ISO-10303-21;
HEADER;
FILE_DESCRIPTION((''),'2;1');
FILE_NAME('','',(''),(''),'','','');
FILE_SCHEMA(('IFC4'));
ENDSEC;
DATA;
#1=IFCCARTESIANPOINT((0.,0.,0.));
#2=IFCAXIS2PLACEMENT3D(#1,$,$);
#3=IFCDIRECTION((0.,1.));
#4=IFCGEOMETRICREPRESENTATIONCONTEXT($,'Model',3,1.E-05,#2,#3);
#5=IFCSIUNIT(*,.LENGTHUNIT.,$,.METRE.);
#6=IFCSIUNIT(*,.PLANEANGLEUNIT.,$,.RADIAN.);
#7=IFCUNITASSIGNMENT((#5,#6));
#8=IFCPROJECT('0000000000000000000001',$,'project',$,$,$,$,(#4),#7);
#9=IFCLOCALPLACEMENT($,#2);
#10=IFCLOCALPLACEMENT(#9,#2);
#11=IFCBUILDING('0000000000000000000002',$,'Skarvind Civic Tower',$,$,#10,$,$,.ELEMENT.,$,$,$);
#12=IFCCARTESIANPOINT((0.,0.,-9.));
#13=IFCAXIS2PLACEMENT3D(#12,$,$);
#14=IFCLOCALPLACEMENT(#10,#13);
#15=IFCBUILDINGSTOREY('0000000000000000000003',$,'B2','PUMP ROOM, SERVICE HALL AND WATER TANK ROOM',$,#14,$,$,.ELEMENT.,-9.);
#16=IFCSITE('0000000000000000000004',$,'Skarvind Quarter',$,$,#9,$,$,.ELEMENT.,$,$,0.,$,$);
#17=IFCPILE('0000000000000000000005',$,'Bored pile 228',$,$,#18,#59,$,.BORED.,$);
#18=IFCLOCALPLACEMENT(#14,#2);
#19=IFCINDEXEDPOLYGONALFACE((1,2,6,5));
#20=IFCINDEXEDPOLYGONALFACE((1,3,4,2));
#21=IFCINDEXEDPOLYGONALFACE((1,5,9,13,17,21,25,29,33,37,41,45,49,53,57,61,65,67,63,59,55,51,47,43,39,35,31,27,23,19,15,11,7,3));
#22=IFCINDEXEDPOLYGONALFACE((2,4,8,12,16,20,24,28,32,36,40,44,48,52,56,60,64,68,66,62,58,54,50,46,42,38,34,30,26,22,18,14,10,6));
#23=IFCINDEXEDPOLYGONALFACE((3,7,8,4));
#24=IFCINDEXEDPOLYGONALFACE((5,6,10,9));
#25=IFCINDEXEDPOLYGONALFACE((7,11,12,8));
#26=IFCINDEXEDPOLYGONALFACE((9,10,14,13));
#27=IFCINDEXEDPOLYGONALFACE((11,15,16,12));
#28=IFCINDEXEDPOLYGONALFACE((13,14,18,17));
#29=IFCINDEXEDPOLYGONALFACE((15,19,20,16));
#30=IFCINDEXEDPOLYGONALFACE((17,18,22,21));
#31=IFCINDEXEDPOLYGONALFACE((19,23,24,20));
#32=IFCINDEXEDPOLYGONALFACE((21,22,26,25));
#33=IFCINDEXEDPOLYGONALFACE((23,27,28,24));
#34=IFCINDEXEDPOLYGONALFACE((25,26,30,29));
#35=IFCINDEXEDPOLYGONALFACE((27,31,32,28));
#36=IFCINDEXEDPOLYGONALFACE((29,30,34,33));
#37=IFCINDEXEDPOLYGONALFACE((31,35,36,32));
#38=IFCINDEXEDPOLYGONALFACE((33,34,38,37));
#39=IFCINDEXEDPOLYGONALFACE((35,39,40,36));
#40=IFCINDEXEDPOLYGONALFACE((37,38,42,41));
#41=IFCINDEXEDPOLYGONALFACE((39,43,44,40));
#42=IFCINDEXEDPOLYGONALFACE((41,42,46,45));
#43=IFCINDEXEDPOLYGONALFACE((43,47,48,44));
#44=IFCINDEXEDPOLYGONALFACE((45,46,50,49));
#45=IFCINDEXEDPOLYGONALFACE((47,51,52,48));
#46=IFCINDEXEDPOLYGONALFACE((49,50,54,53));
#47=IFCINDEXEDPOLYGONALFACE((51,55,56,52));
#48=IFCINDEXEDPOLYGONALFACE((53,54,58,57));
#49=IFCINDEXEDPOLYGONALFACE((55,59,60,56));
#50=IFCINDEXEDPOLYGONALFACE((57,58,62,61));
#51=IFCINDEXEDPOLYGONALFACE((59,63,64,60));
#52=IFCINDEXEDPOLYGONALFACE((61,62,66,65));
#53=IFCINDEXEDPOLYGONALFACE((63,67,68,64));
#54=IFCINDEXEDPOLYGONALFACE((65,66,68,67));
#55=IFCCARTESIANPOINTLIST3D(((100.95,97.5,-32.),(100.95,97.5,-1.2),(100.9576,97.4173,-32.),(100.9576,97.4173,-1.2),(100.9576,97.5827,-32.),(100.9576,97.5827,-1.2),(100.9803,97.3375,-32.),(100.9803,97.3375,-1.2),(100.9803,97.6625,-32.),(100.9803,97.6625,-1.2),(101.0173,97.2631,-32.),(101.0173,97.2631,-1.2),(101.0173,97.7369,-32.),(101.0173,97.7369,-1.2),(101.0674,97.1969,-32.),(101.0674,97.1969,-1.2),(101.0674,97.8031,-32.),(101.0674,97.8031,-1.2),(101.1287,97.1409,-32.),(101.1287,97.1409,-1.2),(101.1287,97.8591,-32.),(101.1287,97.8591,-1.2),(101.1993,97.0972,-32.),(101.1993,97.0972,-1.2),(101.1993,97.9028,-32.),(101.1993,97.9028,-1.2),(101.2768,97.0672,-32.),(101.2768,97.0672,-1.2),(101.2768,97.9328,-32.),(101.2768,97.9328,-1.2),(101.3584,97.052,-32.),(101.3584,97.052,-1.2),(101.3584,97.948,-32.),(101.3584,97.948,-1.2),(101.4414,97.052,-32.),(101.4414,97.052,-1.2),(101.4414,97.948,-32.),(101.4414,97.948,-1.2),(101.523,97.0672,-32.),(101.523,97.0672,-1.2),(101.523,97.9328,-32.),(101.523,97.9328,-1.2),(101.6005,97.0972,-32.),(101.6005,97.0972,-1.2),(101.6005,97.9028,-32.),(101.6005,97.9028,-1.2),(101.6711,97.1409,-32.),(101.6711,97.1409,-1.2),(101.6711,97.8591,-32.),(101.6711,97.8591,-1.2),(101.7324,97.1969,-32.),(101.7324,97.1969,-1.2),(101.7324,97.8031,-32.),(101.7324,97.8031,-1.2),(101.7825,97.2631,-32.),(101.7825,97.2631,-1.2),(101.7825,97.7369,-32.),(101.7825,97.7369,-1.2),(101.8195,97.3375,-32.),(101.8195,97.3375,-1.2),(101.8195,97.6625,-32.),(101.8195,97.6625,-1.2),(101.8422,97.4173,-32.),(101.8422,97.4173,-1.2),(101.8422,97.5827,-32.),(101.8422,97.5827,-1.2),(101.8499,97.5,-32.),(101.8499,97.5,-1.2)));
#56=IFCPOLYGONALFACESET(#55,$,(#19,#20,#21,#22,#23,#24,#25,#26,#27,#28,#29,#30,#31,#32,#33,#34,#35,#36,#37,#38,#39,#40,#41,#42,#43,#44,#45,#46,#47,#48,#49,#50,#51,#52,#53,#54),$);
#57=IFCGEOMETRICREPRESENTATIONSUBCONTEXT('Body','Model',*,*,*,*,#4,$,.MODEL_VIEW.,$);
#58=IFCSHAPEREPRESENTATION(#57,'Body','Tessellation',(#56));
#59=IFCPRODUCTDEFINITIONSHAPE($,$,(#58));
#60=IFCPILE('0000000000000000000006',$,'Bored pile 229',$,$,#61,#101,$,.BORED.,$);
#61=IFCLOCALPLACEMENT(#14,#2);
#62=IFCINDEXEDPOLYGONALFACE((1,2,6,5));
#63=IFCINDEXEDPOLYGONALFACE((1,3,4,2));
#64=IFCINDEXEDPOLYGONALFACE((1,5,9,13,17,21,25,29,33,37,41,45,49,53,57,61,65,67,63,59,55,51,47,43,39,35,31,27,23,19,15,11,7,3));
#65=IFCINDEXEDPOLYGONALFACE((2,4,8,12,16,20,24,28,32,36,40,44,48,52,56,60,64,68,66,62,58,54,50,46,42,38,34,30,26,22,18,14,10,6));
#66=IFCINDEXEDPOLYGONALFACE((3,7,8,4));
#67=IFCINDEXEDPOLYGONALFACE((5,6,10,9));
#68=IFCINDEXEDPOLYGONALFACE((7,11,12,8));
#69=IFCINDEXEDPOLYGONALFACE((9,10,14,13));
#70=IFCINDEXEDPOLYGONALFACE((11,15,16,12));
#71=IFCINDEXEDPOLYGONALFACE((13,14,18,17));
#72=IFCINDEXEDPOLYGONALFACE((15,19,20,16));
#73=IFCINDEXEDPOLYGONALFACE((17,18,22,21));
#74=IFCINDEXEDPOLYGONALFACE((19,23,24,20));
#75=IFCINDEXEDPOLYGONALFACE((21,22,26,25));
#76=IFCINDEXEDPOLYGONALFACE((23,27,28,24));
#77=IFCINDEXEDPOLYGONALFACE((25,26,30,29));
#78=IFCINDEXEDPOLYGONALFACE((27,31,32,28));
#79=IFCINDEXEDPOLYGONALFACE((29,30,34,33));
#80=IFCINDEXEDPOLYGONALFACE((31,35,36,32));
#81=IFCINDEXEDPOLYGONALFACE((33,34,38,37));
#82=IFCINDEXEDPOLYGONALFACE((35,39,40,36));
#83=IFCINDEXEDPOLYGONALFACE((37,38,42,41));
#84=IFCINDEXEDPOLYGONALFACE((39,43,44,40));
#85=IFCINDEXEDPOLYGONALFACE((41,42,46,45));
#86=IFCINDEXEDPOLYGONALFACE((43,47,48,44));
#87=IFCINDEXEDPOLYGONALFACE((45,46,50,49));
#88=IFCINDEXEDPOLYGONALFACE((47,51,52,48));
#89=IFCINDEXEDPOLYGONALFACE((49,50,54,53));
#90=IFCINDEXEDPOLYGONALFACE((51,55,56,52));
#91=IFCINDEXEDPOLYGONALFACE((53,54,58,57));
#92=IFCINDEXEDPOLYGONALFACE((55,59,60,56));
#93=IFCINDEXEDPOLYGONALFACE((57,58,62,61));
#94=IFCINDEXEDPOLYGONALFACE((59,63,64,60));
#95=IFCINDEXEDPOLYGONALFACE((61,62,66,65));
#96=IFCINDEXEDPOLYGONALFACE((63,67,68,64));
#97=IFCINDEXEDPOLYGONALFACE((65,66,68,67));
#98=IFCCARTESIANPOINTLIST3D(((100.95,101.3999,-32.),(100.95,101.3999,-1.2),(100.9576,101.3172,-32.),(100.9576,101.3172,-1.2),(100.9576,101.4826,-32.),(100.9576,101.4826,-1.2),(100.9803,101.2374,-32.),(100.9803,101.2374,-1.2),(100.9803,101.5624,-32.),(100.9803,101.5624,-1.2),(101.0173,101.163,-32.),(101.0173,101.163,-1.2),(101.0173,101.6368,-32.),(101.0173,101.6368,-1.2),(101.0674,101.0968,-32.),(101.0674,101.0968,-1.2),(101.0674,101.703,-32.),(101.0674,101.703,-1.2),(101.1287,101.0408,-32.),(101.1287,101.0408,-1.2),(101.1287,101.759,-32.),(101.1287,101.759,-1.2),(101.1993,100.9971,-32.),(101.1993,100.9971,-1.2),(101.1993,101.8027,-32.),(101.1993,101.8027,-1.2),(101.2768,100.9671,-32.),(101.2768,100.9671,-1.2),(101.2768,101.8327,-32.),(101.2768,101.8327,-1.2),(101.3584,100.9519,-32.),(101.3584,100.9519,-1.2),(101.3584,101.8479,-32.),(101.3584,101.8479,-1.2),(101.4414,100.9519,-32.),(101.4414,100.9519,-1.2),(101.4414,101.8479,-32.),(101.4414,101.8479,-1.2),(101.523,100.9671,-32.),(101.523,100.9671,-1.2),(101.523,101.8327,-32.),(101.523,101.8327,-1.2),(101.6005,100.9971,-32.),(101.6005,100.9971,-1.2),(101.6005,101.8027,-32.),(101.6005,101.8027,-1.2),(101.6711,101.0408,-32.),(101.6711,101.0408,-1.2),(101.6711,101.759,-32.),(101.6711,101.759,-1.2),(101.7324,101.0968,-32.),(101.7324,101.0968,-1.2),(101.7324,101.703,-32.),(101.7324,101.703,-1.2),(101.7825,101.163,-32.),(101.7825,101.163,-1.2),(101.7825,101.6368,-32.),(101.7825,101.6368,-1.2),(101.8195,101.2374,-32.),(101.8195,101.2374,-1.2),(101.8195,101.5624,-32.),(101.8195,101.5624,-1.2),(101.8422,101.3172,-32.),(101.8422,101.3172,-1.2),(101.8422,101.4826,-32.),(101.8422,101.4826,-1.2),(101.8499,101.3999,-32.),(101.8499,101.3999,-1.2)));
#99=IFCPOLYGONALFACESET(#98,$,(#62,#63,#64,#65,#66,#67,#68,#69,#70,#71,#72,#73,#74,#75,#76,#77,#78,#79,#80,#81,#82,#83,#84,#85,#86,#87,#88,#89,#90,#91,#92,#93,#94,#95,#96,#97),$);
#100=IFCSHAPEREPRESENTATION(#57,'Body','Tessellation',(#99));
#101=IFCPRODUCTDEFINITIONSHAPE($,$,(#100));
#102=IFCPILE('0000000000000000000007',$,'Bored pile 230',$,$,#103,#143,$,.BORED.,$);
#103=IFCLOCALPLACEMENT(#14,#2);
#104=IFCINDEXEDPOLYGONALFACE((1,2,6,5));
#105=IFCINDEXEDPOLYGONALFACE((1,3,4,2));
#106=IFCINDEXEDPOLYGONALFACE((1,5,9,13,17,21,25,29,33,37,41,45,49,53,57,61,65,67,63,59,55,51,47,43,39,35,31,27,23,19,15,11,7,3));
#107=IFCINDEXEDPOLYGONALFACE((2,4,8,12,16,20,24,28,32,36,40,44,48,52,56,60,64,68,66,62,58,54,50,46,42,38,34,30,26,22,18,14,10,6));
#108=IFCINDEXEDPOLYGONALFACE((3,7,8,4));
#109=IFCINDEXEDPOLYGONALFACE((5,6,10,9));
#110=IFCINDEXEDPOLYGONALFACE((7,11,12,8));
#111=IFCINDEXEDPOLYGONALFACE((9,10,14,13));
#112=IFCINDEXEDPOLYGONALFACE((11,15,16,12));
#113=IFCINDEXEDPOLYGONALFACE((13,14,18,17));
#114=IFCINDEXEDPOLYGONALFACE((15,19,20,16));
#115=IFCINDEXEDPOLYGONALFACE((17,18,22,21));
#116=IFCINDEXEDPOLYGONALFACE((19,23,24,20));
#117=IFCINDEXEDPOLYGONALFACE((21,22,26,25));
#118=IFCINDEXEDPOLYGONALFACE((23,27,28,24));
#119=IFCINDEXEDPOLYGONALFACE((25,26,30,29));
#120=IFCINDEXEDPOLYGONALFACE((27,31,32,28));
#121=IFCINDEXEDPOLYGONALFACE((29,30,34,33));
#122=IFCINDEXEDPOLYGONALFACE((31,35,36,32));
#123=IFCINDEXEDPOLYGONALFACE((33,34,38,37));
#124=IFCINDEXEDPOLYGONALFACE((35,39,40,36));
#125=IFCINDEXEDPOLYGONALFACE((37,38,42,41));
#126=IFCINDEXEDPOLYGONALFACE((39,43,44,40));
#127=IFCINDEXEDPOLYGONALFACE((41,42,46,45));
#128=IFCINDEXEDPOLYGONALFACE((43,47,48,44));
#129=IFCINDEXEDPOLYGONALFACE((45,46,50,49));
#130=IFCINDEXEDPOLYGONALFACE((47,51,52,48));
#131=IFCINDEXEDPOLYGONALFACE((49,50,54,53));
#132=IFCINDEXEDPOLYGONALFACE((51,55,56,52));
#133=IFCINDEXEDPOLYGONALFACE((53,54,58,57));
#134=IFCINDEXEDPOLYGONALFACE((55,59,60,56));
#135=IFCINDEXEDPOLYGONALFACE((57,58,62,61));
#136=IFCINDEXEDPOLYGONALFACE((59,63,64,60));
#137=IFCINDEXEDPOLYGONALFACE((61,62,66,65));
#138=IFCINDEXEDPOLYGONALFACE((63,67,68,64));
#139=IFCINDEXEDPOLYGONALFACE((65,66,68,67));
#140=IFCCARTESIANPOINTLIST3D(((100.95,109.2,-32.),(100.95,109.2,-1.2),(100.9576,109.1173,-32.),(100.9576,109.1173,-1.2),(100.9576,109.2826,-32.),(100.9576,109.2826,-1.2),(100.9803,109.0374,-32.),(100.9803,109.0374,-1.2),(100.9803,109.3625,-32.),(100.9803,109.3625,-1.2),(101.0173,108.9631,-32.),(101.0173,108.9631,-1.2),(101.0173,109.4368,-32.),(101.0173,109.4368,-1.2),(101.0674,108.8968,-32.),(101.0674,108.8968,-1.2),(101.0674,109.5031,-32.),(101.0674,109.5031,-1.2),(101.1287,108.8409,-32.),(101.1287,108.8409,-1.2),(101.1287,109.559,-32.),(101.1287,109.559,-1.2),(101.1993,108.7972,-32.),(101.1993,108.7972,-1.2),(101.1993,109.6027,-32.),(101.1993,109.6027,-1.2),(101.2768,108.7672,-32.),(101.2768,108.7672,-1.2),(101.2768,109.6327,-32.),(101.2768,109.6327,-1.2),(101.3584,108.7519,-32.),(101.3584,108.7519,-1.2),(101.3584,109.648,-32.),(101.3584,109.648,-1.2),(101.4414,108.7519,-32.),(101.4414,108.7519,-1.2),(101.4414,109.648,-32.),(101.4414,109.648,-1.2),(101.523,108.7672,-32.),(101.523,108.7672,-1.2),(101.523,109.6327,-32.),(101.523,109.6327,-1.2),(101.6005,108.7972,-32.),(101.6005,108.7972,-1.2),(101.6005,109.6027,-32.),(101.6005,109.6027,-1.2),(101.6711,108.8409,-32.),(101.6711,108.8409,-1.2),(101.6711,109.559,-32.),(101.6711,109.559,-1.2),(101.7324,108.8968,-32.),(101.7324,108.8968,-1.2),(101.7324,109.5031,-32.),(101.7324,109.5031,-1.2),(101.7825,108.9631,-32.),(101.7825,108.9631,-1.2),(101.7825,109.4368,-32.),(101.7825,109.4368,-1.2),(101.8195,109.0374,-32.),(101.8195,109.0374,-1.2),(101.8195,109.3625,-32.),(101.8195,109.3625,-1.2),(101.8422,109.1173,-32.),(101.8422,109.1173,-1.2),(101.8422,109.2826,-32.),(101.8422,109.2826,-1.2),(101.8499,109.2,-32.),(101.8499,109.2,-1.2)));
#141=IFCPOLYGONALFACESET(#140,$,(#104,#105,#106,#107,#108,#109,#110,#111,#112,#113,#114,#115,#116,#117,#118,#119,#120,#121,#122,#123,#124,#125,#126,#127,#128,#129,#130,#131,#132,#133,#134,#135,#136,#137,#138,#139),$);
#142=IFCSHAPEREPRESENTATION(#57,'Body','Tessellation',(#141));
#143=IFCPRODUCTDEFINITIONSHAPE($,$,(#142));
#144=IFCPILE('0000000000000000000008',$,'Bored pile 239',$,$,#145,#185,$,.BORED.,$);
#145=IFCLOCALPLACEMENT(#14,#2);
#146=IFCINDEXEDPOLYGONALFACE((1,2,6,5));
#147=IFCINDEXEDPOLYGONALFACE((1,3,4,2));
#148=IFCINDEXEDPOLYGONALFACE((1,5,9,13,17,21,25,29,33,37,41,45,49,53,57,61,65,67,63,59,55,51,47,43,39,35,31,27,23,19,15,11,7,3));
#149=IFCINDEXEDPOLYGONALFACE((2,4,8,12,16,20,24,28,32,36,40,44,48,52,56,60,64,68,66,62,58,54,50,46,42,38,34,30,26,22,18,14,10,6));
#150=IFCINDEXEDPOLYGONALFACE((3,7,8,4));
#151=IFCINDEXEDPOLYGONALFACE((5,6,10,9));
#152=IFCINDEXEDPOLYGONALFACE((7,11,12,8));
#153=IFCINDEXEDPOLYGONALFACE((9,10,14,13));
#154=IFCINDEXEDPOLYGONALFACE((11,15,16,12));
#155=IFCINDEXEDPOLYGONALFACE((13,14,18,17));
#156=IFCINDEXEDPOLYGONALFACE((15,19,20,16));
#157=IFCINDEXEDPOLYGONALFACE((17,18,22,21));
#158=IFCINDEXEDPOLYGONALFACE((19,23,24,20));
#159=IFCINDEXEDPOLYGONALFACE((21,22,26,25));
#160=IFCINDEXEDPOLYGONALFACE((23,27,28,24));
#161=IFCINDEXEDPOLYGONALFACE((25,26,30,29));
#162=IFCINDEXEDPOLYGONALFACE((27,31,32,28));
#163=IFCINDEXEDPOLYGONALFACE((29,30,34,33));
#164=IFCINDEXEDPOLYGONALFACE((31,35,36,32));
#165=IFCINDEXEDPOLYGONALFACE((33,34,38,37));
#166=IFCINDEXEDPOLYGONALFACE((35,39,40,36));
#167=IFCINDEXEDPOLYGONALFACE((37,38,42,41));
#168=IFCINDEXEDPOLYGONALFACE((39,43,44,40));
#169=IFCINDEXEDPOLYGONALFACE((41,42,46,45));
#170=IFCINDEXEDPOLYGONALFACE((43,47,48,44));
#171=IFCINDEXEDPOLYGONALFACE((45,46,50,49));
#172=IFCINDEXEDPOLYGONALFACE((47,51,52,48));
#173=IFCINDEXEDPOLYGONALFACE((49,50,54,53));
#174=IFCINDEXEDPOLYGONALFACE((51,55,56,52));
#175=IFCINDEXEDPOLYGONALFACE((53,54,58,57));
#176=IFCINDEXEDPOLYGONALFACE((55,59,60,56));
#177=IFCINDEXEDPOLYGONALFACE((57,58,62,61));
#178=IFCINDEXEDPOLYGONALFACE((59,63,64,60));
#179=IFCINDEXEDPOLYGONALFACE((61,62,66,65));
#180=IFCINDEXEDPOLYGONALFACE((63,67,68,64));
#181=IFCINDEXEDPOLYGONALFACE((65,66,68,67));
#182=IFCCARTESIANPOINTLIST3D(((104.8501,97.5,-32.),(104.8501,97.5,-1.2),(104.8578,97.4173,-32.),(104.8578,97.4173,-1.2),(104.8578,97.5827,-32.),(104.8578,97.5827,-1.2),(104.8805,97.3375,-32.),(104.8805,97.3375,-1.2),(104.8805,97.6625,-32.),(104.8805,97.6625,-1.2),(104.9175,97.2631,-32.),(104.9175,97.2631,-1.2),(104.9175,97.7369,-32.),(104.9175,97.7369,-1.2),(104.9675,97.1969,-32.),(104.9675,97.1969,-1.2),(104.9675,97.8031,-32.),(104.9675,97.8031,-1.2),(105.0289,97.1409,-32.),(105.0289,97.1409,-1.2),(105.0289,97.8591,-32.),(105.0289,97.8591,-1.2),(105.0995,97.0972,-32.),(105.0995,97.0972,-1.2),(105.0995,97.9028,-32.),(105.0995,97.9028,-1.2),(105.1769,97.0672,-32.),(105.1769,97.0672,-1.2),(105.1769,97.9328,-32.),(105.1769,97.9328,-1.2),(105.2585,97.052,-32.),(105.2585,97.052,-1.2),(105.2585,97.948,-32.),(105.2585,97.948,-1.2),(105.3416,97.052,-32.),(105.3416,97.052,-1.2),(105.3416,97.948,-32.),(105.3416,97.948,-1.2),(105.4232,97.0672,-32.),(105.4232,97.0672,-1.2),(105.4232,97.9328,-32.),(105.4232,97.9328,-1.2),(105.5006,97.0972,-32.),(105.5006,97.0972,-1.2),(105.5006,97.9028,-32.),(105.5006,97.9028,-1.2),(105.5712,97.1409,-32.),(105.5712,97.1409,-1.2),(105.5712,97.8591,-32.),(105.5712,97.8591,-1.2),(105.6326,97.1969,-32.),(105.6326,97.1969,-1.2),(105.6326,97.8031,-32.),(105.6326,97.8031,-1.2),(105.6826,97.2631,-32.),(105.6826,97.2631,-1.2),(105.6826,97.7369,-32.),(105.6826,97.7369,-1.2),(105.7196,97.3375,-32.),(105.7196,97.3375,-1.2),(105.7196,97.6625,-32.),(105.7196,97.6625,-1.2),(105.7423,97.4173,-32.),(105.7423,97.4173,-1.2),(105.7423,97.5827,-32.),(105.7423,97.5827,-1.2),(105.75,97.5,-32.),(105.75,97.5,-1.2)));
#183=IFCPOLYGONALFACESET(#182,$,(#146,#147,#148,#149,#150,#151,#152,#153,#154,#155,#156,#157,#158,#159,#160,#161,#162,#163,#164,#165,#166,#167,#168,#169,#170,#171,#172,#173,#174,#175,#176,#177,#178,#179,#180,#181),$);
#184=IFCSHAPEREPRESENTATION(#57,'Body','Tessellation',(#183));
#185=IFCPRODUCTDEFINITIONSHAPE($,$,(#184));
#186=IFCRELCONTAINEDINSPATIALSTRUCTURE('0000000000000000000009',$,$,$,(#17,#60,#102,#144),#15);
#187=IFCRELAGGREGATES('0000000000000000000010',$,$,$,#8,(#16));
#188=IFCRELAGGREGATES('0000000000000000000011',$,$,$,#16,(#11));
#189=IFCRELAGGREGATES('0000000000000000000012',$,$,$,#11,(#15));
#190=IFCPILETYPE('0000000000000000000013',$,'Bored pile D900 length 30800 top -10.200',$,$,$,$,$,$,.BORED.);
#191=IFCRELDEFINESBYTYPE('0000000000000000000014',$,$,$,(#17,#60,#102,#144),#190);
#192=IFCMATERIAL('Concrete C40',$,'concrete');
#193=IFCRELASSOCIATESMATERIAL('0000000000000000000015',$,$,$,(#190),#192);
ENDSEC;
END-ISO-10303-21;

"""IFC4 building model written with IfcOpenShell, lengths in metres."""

from ifc_helpers import new_model, si_unit, direction, frame, origin, origin_2d, place, context, subcontext, project, spatial, circle, extrude, material, type_object, element, save


model = new_model("IFC4")

# Units and contexts
model_context = context("Model", 3, precision=1e-05, world=origin(), true_north=direction((0.0, 1.0)))
body_context = subcontext(model_context, "Body", "Model", "MODEL_VIEW")
ifc_project = project(units=[si_unit("LENGTHUNIT", "METRE"), si_unit("PLANEANGLEUNIT", "RADIAN")], contexts=[model_context])

# Site, building, storey
site_placement = place(None, origin())
site = spatial("IfcSite", under=ifc_project, at=site_placement, Name="Skarvind Quarter", CompositionType="ELEMENT", RefElevation=0.0)
building_placement = place(site_placement, origin())
building = spatial("IfcBuilding", under=site, at=building_placement, Name="Skarvind Civic Tower", CompositionType="ELEMENT")
storey_placement = place(building_placement, frame((0.0, 0.0, -9.0)))
storey = spatial("IfcBuildingStorey", under=building, at=storey_placement, Name="B2", Description="PUMP ROOM, SERVICE HALL AND WATER TANK ROOM", CompositionType="ELEMENT", Elevation=-9.0)

# Piles
ifc_material_1 = material(Name="Concrete C40", Category="concrete")
pile_type = type_object("IfcPileType", Name="Bored pile D900 length 30800 top -10.200", PredefinedType="BORED", material=ifc_material_1)
for number, where, z_axis, x_axis, name in (
    (1, (101.3999, 97.5, -1.2), (0.0, 0.0, -1.0), (1.0, 0.0, 0.0), "Bored pile 228"),
    (2, (101.3999, 101.3999, -1.2), (0.0, 0.0, -1.0), (1.0, 0.0, 0.0), "Bored pile 229"),
    (3, (101.3999, 109.2, -1.2), (0.0, 0.0, -1.0), (1.0, 0.0, 0.0), "Bored pile 230"),
    (4, (105.3, 97.5, -1.2), (0.0, 0.0, -1.0), (1.0, 0.0, 0.0), "Bored pile 239"),
):
    element("IfcPile", number, at=place(storey_placement, frame(where, z_axis=z_axis, x_axis=x_axis)), inside=storey, type_object=pile_type, Name=name, PredefinedType="BORED", context=body_context, shape_type="SweptSolid", body=[
        extrude(circle(Radius=0.45, at=origin_2d()), origin(), (0.0, 0.0, 1.0), 30.8),
    ])

save(model, "model.ifc")
